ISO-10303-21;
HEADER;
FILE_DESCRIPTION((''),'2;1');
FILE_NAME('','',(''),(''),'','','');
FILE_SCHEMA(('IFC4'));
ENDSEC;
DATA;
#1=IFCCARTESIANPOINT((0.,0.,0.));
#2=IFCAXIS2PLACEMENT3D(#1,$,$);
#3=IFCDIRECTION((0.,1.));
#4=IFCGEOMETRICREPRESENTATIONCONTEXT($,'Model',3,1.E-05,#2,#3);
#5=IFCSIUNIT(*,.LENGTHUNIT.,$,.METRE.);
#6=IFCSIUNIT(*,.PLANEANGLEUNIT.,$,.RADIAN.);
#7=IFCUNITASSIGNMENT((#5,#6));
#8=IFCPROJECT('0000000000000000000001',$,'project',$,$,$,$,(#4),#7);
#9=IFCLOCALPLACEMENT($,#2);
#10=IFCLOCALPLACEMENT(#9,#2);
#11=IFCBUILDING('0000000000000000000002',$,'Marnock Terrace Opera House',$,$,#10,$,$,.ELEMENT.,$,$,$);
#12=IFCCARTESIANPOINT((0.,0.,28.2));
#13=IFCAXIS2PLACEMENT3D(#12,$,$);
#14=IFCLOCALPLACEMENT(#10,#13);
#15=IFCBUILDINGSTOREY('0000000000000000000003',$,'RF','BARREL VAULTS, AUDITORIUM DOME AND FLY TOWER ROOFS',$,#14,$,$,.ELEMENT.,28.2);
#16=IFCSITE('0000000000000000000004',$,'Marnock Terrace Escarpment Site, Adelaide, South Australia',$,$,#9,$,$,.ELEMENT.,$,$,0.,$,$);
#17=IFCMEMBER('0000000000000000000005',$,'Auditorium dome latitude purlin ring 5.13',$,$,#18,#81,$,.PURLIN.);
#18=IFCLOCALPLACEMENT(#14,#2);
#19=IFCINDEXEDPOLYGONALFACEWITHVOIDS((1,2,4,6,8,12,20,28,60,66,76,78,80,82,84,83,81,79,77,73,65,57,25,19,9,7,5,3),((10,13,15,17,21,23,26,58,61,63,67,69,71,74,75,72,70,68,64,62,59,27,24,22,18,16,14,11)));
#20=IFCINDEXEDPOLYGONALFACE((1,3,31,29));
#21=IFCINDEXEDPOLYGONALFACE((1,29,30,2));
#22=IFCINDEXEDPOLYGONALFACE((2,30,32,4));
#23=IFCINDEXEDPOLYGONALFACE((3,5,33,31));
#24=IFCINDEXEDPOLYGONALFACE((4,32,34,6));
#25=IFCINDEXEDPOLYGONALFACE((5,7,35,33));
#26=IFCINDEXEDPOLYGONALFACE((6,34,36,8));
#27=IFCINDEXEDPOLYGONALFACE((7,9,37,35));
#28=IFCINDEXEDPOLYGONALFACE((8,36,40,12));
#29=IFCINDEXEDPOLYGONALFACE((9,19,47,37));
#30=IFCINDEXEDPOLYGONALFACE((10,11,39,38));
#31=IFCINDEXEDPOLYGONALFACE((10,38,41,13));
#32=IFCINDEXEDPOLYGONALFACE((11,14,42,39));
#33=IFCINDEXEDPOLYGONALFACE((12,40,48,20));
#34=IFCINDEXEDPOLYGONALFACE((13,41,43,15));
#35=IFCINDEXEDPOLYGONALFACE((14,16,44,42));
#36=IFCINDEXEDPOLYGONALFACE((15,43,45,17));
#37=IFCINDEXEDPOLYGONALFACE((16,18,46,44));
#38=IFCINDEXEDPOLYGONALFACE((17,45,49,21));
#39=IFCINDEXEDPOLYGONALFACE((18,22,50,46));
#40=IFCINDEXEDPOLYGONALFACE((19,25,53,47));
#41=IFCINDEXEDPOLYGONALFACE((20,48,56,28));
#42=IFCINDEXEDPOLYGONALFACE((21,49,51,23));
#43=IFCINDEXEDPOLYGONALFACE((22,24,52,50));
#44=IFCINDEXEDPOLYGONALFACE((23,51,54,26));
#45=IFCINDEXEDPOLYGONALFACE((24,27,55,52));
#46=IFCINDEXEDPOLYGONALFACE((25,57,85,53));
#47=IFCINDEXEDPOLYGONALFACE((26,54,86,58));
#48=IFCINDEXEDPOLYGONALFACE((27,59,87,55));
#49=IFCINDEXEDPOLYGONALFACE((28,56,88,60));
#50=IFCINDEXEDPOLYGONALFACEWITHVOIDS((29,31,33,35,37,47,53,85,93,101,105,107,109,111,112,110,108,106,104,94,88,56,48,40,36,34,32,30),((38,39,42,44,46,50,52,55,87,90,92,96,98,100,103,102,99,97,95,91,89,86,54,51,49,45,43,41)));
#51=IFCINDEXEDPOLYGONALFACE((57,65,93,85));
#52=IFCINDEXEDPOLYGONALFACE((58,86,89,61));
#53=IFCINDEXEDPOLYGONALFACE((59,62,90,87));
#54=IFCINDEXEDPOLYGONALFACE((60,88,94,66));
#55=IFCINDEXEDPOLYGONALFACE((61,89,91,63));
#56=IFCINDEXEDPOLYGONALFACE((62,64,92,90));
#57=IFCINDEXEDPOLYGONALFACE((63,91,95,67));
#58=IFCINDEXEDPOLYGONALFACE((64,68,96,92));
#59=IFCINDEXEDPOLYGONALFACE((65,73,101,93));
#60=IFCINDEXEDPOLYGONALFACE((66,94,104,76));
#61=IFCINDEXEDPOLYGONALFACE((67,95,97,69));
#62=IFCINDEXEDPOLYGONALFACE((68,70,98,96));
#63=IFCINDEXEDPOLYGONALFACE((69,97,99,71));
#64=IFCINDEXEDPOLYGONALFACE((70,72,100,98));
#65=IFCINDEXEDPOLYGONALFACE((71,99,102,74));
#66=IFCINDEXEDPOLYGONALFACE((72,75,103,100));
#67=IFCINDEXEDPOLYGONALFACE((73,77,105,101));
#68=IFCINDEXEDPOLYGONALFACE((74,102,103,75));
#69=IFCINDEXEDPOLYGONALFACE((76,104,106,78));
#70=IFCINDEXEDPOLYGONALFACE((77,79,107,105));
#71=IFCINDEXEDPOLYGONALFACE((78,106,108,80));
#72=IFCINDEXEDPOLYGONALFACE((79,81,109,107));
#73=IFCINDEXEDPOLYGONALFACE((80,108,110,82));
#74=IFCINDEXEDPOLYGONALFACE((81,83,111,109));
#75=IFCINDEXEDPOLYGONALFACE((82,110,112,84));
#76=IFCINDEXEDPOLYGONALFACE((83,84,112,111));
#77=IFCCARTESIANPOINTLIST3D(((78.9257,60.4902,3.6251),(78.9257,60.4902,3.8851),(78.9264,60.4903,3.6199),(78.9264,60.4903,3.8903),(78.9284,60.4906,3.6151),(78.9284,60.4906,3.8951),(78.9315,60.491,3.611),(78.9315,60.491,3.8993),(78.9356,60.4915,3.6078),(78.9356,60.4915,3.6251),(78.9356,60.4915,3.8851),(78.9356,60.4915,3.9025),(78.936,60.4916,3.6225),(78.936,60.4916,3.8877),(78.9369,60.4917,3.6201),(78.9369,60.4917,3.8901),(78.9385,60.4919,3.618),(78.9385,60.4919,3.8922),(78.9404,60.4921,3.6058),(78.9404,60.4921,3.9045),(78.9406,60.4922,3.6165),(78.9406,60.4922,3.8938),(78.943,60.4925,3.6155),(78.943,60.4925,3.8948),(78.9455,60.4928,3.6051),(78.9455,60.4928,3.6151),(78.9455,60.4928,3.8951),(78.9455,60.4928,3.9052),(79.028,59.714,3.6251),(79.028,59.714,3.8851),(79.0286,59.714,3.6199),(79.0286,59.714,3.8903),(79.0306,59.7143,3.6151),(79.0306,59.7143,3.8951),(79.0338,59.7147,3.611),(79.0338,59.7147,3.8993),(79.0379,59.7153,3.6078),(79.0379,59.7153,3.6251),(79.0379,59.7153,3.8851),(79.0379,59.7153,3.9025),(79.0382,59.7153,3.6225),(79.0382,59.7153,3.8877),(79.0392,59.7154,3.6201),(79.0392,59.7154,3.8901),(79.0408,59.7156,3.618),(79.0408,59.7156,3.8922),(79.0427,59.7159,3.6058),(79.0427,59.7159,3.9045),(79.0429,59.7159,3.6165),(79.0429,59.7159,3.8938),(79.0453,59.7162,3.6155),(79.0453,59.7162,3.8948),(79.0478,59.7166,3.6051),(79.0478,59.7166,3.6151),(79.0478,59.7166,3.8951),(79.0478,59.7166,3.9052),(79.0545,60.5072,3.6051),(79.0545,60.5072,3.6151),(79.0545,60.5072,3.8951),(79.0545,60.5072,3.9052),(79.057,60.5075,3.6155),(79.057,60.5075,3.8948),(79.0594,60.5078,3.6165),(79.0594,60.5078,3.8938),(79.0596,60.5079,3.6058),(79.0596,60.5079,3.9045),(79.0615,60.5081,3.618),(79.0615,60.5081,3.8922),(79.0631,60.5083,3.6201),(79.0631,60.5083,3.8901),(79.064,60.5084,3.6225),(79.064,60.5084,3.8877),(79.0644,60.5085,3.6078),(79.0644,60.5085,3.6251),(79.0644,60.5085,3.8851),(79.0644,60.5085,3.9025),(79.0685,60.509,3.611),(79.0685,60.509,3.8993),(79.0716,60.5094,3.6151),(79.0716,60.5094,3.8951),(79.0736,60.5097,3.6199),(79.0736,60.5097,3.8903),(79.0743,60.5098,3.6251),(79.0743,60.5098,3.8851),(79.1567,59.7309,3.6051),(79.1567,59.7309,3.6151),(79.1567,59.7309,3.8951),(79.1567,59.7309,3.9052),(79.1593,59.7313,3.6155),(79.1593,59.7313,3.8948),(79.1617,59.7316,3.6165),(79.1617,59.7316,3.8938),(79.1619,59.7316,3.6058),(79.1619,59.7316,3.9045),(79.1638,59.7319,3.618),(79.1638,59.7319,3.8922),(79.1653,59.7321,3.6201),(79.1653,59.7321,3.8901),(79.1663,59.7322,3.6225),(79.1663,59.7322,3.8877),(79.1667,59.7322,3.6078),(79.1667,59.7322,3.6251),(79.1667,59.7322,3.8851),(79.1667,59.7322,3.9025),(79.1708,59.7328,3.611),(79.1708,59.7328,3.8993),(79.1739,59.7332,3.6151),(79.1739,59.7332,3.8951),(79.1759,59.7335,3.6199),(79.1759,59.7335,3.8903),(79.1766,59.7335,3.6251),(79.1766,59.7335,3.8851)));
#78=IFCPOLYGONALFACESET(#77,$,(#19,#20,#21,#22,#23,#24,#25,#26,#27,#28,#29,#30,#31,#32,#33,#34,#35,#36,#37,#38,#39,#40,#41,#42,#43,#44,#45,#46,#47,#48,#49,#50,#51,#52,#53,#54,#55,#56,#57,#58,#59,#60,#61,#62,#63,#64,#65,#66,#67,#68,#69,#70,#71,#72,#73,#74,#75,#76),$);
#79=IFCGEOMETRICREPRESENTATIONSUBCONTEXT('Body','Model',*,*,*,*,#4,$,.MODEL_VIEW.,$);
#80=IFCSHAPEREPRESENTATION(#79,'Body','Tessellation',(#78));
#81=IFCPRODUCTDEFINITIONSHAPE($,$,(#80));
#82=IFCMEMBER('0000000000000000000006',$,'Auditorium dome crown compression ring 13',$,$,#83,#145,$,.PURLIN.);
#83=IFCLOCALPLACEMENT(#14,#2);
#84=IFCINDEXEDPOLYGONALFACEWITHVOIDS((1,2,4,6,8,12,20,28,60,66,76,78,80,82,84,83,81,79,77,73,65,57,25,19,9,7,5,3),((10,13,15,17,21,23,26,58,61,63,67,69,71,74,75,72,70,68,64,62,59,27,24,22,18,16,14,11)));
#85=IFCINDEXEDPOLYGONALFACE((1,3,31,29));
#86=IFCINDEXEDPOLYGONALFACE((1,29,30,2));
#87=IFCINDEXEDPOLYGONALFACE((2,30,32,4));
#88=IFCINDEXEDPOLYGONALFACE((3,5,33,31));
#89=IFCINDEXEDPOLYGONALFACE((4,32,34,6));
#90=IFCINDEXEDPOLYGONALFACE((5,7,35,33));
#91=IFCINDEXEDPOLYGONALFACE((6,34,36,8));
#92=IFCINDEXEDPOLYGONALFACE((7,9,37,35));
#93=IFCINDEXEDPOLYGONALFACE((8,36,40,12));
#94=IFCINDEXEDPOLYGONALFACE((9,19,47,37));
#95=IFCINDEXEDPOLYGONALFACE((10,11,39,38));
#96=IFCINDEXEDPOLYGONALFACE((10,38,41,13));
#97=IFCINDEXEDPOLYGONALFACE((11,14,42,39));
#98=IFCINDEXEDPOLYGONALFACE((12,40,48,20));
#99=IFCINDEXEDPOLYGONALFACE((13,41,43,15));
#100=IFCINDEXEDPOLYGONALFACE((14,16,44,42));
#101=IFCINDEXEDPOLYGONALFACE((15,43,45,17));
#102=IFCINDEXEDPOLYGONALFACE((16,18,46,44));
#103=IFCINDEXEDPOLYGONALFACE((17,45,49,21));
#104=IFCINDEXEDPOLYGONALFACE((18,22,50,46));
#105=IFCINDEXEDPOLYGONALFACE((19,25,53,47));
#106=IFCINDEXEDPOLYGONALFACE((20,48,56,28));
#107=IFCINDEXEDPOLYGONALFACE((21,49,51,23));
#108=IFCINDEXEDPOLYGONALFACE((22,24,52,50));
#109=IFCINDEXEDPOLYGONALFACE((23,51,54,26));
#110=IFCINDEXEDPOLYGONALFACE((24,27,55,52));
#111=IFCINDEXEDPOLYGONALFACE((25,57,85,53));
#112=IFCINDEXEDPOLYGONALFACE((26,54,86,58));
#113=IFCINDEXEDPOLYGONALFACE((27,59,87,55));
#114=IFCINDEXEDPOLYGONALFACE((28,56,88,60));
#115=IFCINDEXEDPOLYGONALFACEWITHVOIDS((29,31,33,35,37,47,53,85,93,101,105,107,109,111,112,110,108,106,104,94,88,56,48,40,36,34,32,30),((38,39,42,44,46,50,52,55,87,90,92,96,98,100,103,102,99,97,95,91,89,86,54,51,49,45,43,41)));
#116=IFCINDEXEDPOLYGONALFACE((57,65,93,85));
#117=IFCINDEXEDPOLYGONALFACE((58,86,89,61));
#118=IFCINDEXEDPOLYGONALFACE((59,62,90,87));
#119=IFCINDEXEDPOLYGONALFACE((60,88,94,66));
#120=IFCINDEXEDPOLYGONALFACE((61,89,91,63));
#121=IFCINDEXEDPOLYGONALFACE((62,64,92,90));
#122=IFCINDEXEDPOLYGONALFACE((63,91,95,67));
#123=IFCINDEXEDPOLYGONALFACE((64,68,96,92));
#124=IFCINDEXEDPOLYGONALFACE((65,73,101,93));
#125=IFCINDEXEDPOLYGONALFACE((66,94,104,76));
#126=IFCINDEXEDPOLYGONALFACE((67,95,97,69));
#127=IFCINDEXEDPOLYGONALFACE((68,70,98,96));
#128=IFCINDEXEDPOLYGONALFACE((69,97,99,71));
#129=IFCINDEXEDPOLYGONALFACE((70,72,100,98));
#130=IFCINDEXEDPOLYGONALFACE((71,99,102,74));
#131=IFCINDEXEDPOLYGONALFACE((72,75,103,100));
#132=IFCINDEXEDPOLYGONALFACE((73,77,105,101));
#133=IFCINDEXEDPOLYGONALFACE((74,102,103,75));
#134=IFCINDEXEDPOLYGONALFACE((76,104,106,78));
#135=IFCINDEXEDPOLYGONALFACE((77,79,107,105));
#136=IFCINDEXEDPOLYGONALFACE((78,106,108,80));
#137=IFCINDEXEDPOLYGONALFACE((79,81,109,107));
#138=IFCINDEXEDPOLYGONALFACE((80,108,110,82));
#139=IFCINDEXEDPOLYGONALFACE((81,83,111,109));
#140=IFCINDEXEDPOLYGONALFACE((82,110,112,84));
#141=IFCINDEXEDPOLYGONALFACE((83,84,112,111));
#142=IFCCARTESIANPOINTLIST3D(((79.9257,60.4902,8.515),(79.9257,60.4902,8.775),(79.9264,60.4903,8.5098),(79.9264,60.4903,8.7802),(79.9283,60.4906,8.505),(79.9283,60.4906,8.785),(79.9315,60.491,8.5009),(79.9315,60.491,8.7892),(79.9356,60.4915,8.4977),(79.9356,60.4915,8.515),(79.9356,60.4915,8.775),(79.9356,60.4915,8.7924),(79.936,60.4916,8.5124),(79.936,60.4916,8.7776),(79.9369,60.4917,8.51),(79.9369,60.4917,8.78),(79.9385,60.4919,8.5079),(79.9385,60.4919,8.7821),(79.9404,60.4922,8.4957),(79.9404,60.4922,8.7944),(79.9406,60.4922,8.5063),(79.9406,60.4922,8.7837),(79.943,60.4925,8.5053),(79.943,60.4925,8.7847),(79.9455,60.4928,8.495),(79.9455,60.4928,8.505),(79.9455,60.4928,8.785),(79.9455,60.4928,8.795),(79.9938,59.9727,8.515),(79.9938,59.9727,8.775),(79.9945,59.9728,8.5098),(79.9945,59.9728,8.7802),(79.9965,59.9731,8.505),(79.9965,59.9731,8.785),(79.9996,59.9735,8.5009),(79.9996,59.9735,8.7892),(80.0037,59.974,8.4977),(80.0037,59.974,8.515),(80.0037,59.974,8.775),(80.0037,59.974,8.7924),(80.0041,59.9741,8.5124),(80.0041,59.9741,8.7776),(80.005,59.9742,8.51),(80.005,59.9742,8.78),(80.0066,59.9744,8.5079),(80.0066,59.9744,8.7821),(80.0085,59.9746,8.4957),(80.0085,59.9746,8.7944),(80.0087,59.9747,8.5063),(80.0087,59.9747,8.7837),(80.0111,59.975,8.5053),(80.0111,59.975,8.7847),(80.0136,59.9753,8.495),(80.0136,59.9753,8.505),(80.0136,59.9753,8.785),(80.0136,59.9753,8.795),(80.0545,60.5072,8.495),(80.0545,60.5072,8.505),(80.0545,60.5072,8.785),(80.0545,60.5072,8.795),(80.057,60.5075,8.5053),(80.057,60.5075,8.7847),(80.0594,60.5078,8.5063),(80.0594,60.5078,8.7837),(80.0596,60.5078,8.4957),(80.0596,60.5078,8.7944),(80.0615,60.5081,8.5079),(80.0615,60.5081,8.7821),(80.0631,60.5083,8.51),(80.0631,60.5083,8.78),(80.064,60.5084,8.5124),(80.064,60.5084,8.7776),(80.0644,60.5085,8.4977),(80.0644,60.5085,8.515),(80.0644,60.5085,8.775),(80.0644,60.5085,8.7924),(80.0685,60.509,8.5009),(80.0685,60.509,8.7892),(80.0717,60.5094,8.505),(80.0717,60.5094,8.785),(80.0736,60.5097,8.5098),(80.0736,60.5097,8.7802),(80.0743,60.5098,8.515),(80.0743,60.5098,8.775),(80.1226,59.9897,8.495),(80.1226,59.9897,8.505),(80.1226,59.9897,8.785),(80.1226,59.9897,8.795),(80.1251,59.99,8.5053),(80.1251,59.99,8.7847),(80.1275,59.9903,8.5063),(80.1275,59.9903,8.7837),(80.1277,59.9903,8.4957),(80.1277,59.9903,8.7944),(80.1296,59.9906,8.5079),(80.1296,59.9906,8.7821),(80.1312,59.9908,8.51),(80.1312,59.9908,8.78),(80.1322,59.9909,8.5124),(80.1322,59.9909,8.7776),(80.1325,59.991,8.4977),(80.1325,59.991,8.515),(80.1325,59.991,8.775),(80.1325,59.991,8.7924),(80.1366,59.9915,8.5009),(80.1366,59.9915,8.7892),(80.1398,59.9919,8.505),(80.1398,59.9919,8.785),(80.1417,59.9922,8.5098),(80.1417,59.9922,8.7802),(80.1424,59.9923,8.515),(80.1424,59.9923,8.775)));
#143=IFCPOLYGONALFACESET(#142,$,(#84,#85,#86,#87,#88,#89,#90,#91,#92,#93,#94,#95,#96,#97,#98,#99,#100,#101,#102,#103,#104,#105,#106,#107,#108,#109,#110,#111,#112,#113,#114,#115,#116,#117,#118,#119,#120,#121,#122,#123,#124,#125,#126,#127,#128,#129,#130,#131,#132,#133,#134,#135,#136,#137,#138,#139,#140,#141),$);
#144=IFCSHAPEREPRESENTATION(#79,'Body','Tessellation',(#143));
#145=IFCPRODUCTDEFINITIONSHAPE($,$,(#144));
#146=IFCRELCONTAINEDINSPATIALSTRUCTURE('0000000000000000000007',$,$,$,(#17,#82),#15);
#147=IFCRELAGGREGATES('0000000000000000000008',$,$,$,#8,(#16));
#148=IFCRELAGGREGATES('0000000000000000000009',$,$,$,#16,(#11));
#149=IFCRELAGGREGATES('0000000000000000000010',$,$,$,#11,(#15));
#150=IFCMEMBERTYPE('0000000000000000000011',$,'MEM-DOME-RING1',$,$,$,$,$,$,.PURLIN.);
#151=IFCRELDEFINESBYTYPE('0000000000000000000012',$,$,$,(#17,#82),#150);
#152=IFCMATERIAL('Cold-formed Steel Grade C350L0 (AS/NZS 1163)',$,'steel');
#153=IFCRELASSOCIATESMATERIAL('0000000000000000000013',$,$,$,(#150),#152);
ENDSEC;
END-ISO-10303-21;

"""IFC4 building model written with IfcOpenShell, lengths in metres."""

from ifc_helpers import new_model, si_unit, direction, frame, origin, origin_2d, place, context, subcontext, project, spatial, hollow_rectangle, extrude, material, material_profile, profile_set, type_object, element, save


model = new_model("IFC4")

# Units and contexts
model_context = context("Model", 3, precision=1e-05, world=origin(), true_north=direction((0.0, 1.0)))
body_context = subcontext(model_context, "Body", "Model", "MODEL_VIEW")
ifc_project = project(units=[si_unit("LENGTHUNIT", "METRE"), si_unit("PLANEANGLEUNIT", "RADIAN")], contexts=[model_context])

# Site, building, storey
site_placement = place(None, origin())
site = spatial("IfcSite", under=ifc_project, at=site_placement, Name="Marnock Terrace Escarpment Site, Adelaide, South Australia", CompositionType="ELEMENT", RefElevation=0.0)
building_placement = place(site_placement, origin())
building = spatial("IfcBuilding", under=site, at=building_placement, Name="Marnock Terrace Opera House", CompositionType="ELEMENT")
storey_placement = place(building_placement, frame((0.0, 0.0, 28.2)))
storey = spatial("IfcBuildingStorey", under=building, at=storey_placement, Name="RF", Description="BARREL VAULTS, AUDITORIUM DOME AND FLY TOWER ROOFS", CompositionType="ELEMENT", Elevation=28.2)

# Members
ifc_material_1 = material(Name="Cold-formed Steel Grade C350L0 (AS/NZS 1163)", Category="steel")
ifc_material_profile_1 = material_profile(ifc_material_1, hollow_rectangle(XDim=0.1499, YDim=0.3, WallThickness=0.01, InnerFilletRadius=0.01, OuterFilletRadius=0.02, at=origin_2d()))
ifc_profile_set_1 = profile_set([ifc_material_profile_1], Name="Cold-formed Steel Grade C350L0 (AS/NZS 1163)")
member_type_1 = type_object("IfcMemberType", Name="MEM-DOME-RING1", PredefinedType="PURLIN", material=ifc_profile_set_1)
member_1_placement = place(storey_placement, frame((79.0, 60.5, 3.7551), z_axis=(0.130632, -0.991431, 0.0), x_axis=(0.991431, 0.130632, 0.0)))
element("IfcMember", 1, at=member_1_placement, inside=storey, type_object=member_type_1, Name="Auditorium dome latitude purlin ring 5.13", PredefinedType="PURLIN", context=body_context, shape_type="SweptSolid", body=[
    extrude(hollow_rectangle(XDim=0.1499, YDim=0.3, WallThickness=0.01, InnerFilletRadius=0.01, OuterFilletRadius=0.02, at=origin_2d()), origin(), (0.0, 0.0, 1.0), 0.783),
])
member_2_placement = place(storey_placement, frame((80.0, 60.5, 8.645), z_axis=(0.130479, -0.991451, 0.0), x_axis=(0.991451, 0.130479, 0.0)))
element("IfcMember", 2, at=member_2_placement, inside=storey, type_object=member_type_1, Name="Auditorium dome crown compression ring 13", PredefinedType="PURLIN", context=body_context, shape_type="SweptSolid", body=[
    extrude(hollow_rectangle(XDim=0.1499, YDim=0.3, WallThickness=0.01, InnerFilletRadius=0.01, OuterFilletRadius=0.02, at=origin_2d()), origin(), (0.0, 0.0, 1.0), 0.522),
])

save(model, "model.ifc")
